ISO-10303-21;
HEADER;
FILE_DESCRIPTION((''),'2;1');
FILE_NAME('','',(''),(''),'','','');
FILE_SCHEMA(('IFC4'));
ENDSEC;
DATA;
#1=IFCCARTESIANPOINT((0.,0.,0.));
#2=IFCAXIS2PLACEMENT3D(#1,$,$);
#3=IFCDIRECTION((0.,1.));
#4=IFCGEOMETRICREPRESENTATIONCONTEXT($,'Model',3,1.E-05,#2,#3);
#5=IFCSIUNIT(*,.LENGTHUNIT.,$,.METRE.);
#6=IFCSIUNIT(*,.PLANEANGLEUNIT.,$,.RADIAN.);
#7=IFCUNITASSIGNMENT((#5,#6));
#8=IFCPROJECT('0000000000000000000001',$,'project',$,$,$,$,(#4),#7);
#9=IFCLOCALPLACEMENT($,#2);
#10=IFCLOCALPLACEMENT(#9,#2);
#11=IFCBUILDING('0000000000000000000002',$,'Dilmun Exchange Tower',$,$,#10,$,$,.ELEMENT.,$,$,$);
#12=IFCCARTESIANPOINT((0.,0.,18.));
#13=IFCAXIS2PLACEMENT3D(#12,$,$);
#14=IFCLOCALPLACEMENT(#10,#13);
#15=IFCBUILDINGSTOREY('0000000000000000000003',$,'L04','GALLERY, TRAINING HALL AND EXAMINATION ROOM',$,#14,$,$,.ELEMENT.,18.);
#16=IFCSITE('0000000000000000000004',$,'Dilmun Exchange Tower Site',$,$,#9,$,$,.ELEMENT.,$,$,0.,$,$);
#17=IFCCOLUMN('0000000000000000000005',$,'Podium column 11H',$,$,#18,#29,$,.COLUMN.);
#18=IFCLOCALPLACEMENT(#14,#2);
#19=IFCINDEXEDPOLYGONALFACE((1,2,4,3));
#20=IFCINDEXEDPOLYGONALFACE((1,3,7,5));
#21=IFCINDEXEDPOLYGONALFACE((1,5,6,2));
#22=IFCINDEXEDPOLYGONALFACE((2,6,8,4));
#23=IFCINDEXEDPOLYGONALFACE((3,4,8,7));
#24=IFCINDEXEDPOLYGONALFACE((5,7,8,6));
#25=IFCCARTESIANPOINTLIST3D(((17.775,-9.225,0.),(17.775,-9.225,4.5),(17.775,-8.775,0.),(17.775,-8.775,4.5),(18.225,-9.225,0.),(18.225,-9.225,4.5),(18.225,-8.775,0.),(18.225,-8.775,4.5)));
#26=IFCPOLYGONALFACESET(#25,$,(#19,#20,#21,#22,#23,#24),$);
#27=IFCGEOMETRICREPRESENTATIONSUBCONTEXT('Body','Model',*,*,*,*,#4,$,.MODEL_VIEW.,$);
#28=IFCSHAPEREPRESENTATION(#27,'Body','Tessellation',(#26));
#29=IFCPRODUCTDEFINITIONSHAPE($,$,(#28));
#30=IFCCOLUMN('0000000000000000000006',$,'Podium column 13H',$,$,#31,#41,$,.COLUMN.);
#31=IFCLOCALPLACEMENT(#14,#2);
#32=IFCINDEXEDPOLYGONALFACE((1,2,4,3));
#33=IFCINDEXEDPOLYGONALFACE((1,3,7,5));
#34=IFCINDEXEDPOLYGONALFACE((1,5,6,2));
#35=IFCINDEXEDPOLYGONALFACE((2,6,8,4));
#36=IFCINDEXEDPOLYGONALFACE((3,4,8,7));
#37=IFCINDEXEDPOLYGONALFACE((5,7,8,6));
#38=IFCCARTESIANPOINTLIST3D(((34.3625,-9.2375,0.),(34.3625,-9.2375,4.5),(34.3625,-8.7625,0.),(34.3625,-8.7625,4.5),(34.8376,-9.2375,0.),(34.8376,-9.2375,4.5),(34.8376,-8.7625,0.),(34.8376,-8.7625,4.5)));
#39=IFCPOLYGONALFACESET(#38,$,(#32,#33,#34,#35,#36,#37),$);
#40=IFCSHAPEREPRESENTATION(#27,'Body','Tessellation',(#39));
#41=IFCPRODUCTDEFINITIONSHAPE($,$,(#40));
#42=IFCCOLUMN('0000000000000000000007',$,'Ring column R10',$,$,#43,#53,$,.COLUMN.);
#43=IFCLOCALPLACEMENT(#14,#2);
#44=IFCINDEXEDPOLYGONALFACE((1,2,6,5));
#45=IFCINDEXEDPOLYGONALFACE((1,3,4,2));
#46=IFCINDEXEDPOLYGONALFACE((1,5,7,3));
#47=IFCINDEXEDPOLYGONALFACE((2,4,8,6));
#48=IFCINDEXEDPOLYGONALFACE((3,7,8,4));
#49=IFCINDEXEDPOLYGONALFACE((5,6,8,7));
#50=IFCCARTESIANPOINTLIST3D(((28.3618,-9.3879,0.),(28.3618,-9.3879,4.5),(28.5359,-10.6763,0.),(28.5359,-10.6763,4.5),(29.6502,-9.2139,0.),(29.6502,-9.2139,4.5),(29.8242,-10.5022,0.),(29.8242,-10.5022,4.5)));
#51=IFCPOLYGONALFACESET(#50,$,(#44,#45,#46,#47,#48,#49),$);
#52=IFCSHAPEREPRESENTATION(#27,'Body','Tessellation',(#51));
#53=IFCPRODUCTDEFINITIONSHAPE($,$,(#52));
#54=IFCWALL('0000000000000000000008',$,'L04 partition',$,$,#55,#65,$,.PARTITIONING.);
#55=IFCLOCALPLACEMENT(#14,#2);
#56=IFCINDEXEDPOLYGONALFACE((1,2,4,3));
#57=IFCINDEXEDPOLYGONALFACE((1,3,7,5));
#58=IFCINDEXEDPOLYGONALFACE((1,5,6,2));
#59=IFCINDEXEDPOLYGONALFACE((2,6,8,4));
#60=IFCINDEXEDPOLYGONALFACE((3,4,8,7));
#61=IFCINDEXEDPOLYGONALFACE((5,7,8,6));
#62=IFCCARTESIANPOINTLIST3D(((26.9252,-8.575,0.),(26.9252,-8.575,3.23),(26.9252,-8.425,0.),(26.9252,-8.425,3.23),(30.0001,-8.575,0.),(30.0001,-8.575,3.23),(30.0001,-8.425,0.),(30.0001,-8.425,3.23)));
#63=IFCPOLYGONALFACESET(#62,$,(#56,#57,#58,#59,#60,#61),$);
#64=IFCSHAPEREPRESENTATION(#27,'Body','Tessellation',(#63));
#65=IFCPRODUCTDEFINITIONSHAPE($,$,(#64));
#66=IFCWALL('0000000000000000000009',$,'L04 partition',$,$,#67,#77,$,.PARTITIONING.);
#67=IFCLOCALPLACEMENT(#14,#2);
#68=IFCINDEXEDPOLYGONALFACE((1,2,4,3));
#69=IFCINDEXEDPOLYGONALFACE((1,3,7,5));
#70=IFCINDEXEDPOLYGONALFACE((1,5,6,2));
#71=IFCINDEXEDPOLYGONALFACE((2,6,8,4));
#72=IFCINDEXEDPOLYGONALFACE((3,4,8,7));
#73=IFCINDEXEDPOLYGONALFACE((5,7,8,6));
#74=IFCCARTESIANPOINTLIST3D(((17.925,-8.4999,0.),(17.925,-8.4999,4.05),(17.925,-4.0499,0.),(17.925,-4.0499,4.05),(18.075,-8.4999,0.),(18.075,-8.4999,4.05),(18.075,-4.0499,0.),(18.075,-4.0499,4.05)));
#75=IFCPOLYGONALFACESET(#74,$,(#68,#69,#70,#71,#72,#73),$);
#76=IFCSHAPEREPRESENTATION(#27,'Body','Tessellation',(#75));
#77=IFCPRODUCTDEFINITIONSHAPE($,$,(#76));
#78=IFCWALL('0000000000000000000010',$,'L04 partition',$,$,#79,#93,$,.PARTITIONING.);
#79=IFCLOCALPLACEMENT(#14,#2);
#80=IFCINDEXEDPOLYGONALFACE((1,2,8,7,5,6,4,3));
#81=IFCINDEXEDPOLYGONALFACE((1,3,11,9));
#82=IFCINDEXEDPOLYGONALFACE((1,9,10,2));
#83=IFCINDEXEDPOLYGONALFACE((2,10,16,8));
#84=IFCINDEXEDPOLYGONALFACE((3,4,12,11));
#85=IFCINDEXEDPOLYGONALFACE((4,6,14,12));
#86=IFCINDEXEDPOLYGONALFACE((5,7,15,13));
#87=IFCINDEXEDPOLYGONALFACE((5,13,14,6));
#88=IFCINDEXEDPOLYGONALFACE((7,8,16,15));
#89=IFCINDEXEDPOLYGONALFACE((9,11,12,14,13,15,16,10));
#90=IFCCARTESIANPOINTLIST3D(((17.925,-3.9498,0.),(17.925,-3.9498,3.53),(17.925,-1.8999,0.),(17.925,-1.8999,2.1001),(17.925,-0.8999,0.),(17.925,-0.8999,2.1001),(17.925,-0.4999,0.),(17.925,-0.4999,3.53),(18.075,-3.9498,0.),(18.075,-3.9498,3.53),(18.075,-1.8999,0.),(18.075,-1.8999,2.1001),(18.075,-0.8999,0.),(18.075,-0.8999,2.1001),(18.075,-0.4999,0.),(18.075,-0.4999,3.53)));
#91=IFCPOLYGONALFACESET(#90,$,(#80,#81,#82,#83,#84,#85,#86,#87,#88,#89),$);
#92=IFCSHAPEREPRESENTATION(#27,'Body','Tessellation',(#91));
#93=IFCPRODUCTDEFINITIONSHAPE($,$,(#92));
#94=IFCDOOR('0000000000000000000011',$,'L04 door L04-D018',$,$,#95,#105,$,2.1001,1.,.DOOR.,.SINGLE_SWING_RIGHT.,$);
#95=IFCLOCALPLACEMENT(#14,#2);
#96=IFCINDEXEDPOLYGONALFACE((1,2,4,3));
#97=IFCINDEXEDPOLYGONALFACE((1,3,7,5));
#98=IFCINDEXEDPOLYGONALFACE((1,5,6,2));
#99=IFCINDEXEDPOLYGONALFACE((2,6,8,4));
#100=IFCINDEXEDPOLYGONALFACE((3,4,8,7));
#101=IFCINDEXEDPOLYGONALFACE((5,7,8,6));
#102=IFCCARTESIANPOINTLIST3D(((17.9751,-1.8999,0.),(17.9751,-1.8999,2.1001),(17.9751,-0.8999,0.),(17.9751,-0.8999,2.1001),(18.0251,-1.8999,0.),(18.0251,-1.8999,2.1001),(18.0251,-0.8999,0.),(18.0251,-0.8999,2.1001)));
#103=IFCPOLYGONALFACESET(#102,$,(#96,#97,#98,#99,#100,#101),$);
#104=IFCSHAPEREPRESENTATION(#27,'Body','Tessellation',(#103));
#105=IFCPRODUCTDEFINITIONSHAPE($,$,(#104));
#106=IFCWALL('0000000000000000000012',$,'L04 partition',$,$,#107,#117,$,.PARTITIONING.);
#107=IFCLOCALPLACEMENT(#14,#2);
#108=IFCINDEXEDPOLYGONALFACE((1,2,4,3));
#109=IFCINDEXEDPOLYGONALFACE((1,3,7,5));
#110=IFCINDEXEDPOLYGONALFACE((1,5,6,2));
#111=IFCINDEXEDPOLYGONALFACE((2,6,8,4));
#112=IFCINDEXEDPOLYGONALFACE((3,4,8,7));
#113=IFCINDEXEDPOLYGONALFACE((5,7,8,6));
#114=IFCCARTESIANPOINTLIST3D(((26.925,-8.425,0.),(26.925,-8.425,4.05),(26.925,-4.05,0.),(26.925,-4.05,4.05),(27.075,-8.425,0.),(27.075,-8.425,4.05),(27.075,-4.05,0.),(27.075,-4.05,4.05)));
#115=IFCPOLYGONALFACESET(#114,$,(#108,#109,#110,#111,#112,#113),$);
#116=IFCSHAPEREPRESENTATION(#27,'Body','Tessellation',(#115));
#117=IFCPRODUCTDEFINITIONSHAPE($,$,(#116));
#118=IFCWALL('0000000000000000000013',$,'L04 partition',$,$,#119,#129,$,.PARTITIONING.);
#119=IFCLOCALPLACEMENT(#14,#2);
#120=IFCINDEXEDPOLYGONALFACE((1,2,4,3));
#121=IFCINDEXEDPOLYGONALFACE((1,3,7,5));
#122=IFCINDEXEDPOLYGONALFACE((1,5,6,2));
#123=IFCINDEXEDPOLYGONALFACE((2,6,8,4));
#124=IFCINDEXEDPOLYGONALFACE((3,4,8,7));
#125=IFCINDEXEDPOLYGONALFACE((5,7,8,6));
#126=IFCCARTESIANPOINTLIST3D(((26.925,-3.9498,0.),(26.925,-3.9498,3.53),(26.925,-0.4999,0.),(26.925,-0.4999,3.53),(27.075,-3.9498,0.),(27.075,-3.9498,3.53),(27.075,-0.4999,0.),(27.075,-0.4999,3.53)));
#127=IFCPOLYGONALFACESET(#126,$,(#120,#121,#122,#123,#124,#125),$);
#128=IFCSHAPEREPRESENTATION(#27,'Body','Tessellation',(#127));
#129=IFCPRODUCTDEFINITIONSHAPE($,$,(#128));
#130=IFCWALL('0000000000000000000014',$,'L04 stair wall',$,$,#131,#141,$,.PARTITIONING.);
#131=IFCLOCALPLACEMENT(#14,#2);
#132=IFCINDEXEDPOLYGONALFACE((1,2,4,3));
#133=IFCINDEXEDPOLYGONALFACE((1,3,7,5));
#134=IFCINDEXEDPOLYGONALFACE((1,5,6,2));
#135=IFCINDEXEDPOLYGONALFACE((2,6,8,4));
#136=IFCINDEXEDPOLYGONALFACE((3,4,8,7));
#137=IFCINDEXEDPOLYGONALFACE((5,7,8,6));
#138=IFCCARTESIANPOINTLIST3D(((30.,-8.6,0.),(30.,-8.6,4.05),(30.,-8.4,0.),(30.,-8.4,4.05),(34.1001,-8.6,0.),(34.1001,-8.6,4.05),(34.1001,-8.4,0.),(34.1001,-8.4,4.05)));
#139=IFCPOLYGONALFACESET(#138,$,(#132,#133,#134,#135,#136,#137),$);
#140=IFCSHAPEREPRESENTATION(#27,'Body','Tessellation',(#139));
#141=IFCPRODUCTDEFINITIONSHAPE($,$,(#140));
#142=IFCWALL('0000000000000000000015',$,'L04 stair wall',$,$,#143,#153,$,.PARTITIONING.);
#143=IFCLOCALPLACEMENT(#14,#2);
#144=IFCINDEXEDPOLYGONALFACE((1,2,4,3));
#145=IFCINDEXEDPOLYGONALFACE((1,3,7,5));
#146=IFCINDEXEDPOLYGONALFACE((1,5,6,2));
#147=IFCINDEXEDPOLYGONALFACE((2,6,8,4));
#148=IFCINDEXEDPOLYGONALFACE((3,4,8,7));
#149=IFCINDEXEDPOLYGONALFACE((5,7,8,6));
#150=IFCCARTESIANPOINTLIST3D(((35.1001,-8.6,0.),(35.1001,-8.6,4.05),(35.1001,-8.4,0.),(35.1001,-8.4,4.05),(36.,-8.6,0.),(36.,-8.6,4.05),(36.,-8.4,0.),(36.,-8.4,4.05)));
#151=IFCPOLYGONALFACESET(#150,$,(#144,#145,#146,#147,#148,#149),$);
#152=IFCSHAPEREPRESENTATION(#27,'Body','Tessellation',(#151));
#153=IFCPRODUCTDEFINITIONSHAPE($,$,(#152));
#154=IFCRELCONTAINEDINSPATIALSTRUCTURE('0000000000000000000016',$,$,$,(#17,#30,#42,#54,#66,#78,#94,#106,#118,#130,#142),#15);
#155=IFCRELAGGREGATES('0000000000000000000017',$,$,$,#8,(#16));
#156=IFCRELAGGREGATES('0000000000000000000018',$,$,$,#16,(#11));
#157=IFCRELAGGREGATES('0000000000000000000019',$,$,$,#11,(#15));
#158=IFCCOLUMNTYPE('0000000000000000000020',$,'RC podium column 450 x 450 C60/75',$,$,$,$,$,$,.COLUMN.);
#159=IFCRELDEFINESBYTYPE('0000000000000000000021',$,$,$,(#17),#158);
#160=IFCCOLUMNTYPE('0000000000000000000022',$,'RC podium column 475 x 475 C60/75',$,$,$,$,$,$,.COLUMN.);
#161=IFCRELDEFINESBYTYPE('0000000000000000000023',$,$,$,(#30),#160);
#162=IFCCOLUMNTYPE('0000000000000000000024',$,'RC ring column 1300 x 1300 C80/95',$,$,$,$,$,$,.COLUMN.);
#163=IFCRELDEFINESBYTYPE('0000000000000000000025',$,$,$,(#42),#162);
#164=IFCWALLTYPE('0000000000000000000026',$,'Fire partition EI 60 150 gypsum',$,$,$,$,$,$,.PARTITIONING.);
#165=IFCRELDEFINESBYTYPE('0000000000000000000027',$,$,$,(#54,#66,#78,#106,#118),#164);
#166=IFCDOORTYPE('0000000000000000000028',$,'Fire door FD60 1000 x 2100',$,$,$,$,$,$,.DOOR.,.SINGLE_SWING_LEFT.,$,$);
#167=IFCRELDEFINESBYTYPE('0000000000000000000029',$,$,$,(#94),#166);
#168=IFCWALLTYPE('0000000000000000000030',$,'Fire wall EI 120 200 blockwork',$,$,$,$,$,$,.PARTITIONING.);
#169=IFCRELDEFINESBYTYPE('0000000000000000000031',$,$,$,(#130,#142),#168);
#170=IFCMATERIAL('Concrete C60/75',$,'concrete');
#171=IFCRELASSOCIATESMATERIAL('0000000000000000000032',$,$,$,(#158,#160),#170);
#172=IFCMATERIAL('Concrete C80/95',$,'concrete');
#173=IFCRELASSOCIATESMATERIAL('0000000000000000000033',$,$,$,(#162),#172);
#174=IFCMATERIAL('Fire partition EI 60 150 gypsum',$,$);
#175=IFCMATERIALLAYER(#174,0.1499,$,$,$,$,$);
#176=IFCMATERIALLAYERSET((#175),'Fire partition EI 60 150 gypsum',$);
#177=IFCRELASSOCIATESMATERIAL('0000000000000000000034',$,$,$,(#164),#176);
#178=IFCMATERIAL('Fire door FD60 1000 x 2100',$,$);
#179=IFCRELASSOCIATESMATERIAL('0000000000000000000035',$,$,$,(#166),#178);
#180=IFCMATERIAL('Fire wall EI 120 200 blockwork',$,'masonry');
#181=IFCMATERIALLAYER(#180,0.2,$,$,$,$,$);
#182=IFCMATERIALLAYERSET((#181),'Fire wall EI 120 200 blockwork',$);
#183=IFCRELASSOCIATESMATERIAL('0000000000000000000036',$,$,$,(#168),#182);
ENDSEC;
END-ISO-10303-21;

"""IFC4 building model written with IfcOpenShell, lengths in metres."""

from ifc_helpers import new_model, si_unit, direction, frame, frame_2d, origin, origin_2d, place, context, subcontext, project, spatial, rectangle, extrude, material, layer, layer_set, material_profile, profile_set, type_object, element, fill, save


model = new_model("IFC4")

# Units and contexts
model_context = context("Model", 3, precision=1e-05, world=origin(), true_north=direction((0.0, 1.0)))
body_context = subcontext(model_context, "Body", "Model", "MODEL_VIEW")
ifc_project = project(units=[si_unit("LENGTHUNIT", "METRE"), si_unit("PLANEANGLEUNIT", "RADIAN")], contexts=[model_context])

# Site, building, storey
site_placement = place(None, origin())
site = spatial("IfcSite", under=ifc_project, at=site_placement, Name="Dilmun Exchange Tower Site", CompositionType="ELEMENT", RefElevation=0.0)
building_placement = place(site_placement, origin())
building = spatial("IfcBuilding", under=site, at=building_placement, Name="Dilmun Exchange Tower", CompositionType="ELEMENT")
storey_placement = place(building_placement, frame((0.0, 0.0, 18.0)))
storey = spatial("IfcBuildingStorey", under=building, at=storey_placement, Name="L04", Description="GALLERY, TRAINING HALL AND EXAMINATION ROOM", CompositionType="ELEMENT", Elevation=18.0)

# Columns
ifc_material_1 = material(Name="Concrete C60/75", Category="concrete")
ifc_material_profile_1 = material_profile(ifc_material_1, rectangle(XDim=0.45, YDim=0.45, at=origin_2d()), Name="450 x 450")
ifc_profile_set_1 = profile_set([ifc_material_profile_1], Name="Concrete C60/75")
column_type_1 = type_object("IfcColumnType", Name="RC podium column 450 x 450 C60/75", PredefinedType="COLUMN", material=ifc_profile_set_1)
column_1_placement = place(storey_placement, frame((18.0, -9.0, 0.0), z_axis=(0.0, 0.0, 1.0), x_axis=(1.0, 0.0, 0.0)))
element("IfcColumn", 1, at=column_1_placement, inside=storey, type_object=column_type_1, Name="Podium column 11H", PredefinedType="COLUMN", context=body_context, shape_type="SweptSolid", body=[
    extrude(rectangle(XDim=0.45, YDim=0.45, at=origin_2d()), origin(), (0.0, 0.0, 1.0), 4.5),
])
ifc_material_profile_2 = material_profile(ifc_material_1, rectangle(XDim=0.4751, YDim=0.4751, at=origin_2d()), Name="475 x 475")
ifc_profile_set_2 = profile_set([ifc_material_profile_2], Name="Concrete C60/75")
column_type_2 = type_object("IfcColumnType", Name="RC podium column 475 x 475 C60/75", PredefinedType="COLUMN", material=ifc_profile_set_2)
column_2_placement = place(storey_placement, frame((34.6001, -9.0, 0.0), z_axis=(0.0, 0.0, 1.0), x_axis=(1.0, 0.0, 0.0)))
element("IfcColumn", 2, at=column_2_placement, inside=storey, type_object=column_type_2, Name="Podium column 13H", PredefinedType="COLUMN", context=body_context, shape_type="SweptSolid", body=[
    extrude(rectangle(XDim=0.4751, YDim=0.4751, at=origin_2d()), origin(), (0.0, 0.0, 1.0), 4.5),
])
ifc_material_2 = material(Name="Concrete C80/95", Category="concrete")
ifc_material_profile_3 = material_profile(ifc_material_2, rectangle(XDim=1.3, YDim=1.3, at=origin_2d()), Name="1300 x 1300")
ifc_profile_set_3 = profile_set([ifc_material_profile_3], Name="Concrete C80/95")
column_type_3 = type_object("IfcColumnType", Name="RC ring column 1300 x 1300 C80/95", PredefinedType="COLUMN", material=ifc_profile_set_3)
column_3_placement = place(storey_placement, frame((29.093, -9.9451, 0.0), z_axis=(0.0, 0.0, 1.0), x_axis=(0.991001, 0.133853, 0.0)))
element("IfcColumn", 3, at=column_3_placement, inside=storey, type_object=column_type_3, Name="Ring column R10", PredefinedType="COLUMN", context=body_context, shape_type="SweptSolid", body=[
    extrude(rectangle(XDim=1.3, YDim=1.3, at=origin_2d()), origin(), (0.0, 0.0, 1.0), 4.5),
])

# Walls
ifc_material_3 = material(Name="Fire partition EI 60 150 gypsum")
ifc_layer_1 = layer(ifc_material_3, 0.1499)
ifc_layer_set_1 = layer_set([ifc_layer_1], Name="Fire partition EI 60 150 gypsum")
wall_type_1 = type_object("IfcWallType", Name="Fire partition EI 60 150 gypsum", PredefinedType="PARTITIONING", material=ifc_layer_set_1)
wall_1_placement = place(storey_placement, frame((26.925, -8.5, 0.0), z_axis=(0.0, 0.0, 1.0), x_axis=(1.0, 0.0, 0.0)))
element("IfcWall", 4, at=wall_1_placement, inside=storey, type_object=wall_type_1, Name="L04 partition", PredefinedType="PARTITIONING", context=body_context, shape_type="SweptSolid", body=[
    extrude(rectangle(XDim=3.075, YDim=0.1499, at=frame_2d((1.5376, 0.0))), origin(), (0.0, 0.0, 1.0), 3.23),
])
wall_2_placement = place(storey_placement, frame((18.0, -8.5, 0.0), z_axis=(0.0, 0.0, 1.0), x_axis=(0.0, 1.0, 0.0)))
element("IfcWall", 5, at=wall_2_placement, inside=storey, type_object=wall_type_1, Name="L04 partition", PredefinedType="PARTITIONING", context=body_context, shape_type="SweptSolid", body=[
    extrude(rectangle(XDim=4.45, YDim=0.1499, at=frame_2d((2.2251, 0.0))), origin(), (0.0, 0.0, 1.0), 4.05),
])

# Wall, opening, door
wall_3_placement = place(storey_placement, frame((18.0, -3.95, 0.0), z_axis=(0.0, 0.0, 1.0), x_axis=(0.0, 1.0, 0.0)))
wall_3 = element("IfcWall", 6, at=wall_3_placement, inside=storey, type_object=wall_type_1, Name="L04 partition", PredefinedType="PARTITIONING", context=body_context, shape_type="SweptSolid", body=[
    extrude(rectangle(XDim=3.45, YDim=0.1499, at=frame_2d((1.7251, 0.0))), origin(), (0.0, 0.0, 1.0), 3.53),
])
opening_1_placement = place(wall_3_placement, frame((2.05, 0.0, 0.0)))
opening_1 = element("IfcOpeningElement", 7, at=opening_1_placement, cuts=wall_3, PredefinedType="OPENING", context=body_context, shape_type="SweptSolid", body=[
    extrude(rectangle(XDim=1.0, YDim=2.1001, at=frame_2d((0.5, 1.05))), frame((0.0, 0.085, 0.0), z_axis=(0.0, -1.0, 0.0), x_axis=(1.0, 0.0, 0.0)), (0.0, 0.0, 1.0), 0.1699),
])
ifc_material_4 = material(Name="Fire door FD60 1000 x 2100")
door_type_1 = type_object("IfcDoorType", Name="Fire door FD60 1000 x 2100", OperationType="SINGLE_SWING_LEFT", PredefinedType="DOOR", material=ifc_material_4)
door_1_placement = place(opening_1_placement, origin())
door_1 = element("IfcDoor", 8, at=door_1_placement, inside=storey, type_object=door_type_1, Name="L04 door L04-D018", OperationType="SINGLE_SWING_RIGHT", OverallHeight=2.1001, OverallWidth=1.0, PredefinedType="DOOR", context=body_context, shape_type="SweptSolid", body=[
    extrude(rectangle(XDim=1.0, YDim=2.1001, at=frame_2d((0.5, 1.05))), frame((0.0, 0.0249, 0.0), z_axis=(0.0, -1.0, 0.0), x_axis=(1.0, 0.0, 0.0)), (0.0, 0.0, 1.0), 0.05),
])
fill(opening_1, door_1)

# Walls
wall_4_placement = place(storey_placement, frame((27.0, -8.425, 0.0), z_axis=(0.0, 0.0, 1.0), x_axis=(0.0, 1.0, 0.0)))
element("IfcWall", 9, at=wall_4_placement, inside=storey, type_object=wall_type_1, Name="L04 partition", PredefinedType="PARTITIONING", context=body_context, shape_type="SweptSolid", body=[
    extrude(rectangle(XDim=4.375, YDim=0.1499, at=frame_2d((2.1875, 0.0))), origin(), (0.0, 0.0, 1.0), 4.05),
])
wall_5_placement = place(storey_placement, frame((27.0, -3.95, 0.0), z_axis=(0.0, 0.0, 1.0), x_axis=(0.0, 1.0, 0.0)))
element("IfcWall", 10, at=wall_5_placement, inside=storey, type_object=wall_type_1, Name="L04 partition", PredefinedType="PARTITIONING", context=body_context, shape_type="SweptSolid", body=[
    extrude(rectangle(XDim=3.45, YDim=0.1499, at=frame_2d((1.7251, 0.0))), origin(), (0.0, 0.0, 1.0), 3.53),
])
ifc_material_5 = material(Name="Fire wall EI 120 200 blockwork", Category="masonry")
ifc_layer_2 = layer(ifc_material_5, 0.2)
ifc_layer_set_2 = layer_set([ifc_layer_2], Name="Fire wall EI 120 200 blockwork")
wall_type_2 = type_object("IfcWallType", Name="Fire wall EI 120 200 blockwork", PredefinedType="PARTITIONING", material=ifc_layer_set_2)
wall_6_placement = place(storey_placement, frame((30.0, -8.5, 0.0), z_axis=(0.0, 0.0, 1.0), x_axis=(1.0, 0.0, 0.0)))
element("IfcWall", 11, at=wall_6_placement, inside=storey, type_object=wall_type_2, Name="L04 stair wall", PredefinedType="PARTITIONING", context=body_context, shape_type="SweptSolid", body=[
    extrude(rectangle(XDim=4.1001, YDim=0.2, at=frame_2d((2.05, 0.0))), origin(), (0.0, 0.0, 1.0), 4.05),
])
wall_7_placement = place(storey_placement, frame((35.1001, -8.5, 0.0), z_axis=(0.0, 0.0, 1.0), x_axis=(1.0, 0.0, 0.0)))
element("IfcWall", 12, at=wall_7_placement, inside=storey, type_object=wall_type_2, Name="L04 stair wall", PredefinedType="PARTITIONING", context=body_context, shape_type="SweptSolid", body=[
    extrude(rectangle(XDim=0.8999, YDim=0.2, at=frame_2d((0.45, 0.0))), origin(), (0.0, 0.0, 1.0), 4.05),
])

save(model, "model.ifc")
